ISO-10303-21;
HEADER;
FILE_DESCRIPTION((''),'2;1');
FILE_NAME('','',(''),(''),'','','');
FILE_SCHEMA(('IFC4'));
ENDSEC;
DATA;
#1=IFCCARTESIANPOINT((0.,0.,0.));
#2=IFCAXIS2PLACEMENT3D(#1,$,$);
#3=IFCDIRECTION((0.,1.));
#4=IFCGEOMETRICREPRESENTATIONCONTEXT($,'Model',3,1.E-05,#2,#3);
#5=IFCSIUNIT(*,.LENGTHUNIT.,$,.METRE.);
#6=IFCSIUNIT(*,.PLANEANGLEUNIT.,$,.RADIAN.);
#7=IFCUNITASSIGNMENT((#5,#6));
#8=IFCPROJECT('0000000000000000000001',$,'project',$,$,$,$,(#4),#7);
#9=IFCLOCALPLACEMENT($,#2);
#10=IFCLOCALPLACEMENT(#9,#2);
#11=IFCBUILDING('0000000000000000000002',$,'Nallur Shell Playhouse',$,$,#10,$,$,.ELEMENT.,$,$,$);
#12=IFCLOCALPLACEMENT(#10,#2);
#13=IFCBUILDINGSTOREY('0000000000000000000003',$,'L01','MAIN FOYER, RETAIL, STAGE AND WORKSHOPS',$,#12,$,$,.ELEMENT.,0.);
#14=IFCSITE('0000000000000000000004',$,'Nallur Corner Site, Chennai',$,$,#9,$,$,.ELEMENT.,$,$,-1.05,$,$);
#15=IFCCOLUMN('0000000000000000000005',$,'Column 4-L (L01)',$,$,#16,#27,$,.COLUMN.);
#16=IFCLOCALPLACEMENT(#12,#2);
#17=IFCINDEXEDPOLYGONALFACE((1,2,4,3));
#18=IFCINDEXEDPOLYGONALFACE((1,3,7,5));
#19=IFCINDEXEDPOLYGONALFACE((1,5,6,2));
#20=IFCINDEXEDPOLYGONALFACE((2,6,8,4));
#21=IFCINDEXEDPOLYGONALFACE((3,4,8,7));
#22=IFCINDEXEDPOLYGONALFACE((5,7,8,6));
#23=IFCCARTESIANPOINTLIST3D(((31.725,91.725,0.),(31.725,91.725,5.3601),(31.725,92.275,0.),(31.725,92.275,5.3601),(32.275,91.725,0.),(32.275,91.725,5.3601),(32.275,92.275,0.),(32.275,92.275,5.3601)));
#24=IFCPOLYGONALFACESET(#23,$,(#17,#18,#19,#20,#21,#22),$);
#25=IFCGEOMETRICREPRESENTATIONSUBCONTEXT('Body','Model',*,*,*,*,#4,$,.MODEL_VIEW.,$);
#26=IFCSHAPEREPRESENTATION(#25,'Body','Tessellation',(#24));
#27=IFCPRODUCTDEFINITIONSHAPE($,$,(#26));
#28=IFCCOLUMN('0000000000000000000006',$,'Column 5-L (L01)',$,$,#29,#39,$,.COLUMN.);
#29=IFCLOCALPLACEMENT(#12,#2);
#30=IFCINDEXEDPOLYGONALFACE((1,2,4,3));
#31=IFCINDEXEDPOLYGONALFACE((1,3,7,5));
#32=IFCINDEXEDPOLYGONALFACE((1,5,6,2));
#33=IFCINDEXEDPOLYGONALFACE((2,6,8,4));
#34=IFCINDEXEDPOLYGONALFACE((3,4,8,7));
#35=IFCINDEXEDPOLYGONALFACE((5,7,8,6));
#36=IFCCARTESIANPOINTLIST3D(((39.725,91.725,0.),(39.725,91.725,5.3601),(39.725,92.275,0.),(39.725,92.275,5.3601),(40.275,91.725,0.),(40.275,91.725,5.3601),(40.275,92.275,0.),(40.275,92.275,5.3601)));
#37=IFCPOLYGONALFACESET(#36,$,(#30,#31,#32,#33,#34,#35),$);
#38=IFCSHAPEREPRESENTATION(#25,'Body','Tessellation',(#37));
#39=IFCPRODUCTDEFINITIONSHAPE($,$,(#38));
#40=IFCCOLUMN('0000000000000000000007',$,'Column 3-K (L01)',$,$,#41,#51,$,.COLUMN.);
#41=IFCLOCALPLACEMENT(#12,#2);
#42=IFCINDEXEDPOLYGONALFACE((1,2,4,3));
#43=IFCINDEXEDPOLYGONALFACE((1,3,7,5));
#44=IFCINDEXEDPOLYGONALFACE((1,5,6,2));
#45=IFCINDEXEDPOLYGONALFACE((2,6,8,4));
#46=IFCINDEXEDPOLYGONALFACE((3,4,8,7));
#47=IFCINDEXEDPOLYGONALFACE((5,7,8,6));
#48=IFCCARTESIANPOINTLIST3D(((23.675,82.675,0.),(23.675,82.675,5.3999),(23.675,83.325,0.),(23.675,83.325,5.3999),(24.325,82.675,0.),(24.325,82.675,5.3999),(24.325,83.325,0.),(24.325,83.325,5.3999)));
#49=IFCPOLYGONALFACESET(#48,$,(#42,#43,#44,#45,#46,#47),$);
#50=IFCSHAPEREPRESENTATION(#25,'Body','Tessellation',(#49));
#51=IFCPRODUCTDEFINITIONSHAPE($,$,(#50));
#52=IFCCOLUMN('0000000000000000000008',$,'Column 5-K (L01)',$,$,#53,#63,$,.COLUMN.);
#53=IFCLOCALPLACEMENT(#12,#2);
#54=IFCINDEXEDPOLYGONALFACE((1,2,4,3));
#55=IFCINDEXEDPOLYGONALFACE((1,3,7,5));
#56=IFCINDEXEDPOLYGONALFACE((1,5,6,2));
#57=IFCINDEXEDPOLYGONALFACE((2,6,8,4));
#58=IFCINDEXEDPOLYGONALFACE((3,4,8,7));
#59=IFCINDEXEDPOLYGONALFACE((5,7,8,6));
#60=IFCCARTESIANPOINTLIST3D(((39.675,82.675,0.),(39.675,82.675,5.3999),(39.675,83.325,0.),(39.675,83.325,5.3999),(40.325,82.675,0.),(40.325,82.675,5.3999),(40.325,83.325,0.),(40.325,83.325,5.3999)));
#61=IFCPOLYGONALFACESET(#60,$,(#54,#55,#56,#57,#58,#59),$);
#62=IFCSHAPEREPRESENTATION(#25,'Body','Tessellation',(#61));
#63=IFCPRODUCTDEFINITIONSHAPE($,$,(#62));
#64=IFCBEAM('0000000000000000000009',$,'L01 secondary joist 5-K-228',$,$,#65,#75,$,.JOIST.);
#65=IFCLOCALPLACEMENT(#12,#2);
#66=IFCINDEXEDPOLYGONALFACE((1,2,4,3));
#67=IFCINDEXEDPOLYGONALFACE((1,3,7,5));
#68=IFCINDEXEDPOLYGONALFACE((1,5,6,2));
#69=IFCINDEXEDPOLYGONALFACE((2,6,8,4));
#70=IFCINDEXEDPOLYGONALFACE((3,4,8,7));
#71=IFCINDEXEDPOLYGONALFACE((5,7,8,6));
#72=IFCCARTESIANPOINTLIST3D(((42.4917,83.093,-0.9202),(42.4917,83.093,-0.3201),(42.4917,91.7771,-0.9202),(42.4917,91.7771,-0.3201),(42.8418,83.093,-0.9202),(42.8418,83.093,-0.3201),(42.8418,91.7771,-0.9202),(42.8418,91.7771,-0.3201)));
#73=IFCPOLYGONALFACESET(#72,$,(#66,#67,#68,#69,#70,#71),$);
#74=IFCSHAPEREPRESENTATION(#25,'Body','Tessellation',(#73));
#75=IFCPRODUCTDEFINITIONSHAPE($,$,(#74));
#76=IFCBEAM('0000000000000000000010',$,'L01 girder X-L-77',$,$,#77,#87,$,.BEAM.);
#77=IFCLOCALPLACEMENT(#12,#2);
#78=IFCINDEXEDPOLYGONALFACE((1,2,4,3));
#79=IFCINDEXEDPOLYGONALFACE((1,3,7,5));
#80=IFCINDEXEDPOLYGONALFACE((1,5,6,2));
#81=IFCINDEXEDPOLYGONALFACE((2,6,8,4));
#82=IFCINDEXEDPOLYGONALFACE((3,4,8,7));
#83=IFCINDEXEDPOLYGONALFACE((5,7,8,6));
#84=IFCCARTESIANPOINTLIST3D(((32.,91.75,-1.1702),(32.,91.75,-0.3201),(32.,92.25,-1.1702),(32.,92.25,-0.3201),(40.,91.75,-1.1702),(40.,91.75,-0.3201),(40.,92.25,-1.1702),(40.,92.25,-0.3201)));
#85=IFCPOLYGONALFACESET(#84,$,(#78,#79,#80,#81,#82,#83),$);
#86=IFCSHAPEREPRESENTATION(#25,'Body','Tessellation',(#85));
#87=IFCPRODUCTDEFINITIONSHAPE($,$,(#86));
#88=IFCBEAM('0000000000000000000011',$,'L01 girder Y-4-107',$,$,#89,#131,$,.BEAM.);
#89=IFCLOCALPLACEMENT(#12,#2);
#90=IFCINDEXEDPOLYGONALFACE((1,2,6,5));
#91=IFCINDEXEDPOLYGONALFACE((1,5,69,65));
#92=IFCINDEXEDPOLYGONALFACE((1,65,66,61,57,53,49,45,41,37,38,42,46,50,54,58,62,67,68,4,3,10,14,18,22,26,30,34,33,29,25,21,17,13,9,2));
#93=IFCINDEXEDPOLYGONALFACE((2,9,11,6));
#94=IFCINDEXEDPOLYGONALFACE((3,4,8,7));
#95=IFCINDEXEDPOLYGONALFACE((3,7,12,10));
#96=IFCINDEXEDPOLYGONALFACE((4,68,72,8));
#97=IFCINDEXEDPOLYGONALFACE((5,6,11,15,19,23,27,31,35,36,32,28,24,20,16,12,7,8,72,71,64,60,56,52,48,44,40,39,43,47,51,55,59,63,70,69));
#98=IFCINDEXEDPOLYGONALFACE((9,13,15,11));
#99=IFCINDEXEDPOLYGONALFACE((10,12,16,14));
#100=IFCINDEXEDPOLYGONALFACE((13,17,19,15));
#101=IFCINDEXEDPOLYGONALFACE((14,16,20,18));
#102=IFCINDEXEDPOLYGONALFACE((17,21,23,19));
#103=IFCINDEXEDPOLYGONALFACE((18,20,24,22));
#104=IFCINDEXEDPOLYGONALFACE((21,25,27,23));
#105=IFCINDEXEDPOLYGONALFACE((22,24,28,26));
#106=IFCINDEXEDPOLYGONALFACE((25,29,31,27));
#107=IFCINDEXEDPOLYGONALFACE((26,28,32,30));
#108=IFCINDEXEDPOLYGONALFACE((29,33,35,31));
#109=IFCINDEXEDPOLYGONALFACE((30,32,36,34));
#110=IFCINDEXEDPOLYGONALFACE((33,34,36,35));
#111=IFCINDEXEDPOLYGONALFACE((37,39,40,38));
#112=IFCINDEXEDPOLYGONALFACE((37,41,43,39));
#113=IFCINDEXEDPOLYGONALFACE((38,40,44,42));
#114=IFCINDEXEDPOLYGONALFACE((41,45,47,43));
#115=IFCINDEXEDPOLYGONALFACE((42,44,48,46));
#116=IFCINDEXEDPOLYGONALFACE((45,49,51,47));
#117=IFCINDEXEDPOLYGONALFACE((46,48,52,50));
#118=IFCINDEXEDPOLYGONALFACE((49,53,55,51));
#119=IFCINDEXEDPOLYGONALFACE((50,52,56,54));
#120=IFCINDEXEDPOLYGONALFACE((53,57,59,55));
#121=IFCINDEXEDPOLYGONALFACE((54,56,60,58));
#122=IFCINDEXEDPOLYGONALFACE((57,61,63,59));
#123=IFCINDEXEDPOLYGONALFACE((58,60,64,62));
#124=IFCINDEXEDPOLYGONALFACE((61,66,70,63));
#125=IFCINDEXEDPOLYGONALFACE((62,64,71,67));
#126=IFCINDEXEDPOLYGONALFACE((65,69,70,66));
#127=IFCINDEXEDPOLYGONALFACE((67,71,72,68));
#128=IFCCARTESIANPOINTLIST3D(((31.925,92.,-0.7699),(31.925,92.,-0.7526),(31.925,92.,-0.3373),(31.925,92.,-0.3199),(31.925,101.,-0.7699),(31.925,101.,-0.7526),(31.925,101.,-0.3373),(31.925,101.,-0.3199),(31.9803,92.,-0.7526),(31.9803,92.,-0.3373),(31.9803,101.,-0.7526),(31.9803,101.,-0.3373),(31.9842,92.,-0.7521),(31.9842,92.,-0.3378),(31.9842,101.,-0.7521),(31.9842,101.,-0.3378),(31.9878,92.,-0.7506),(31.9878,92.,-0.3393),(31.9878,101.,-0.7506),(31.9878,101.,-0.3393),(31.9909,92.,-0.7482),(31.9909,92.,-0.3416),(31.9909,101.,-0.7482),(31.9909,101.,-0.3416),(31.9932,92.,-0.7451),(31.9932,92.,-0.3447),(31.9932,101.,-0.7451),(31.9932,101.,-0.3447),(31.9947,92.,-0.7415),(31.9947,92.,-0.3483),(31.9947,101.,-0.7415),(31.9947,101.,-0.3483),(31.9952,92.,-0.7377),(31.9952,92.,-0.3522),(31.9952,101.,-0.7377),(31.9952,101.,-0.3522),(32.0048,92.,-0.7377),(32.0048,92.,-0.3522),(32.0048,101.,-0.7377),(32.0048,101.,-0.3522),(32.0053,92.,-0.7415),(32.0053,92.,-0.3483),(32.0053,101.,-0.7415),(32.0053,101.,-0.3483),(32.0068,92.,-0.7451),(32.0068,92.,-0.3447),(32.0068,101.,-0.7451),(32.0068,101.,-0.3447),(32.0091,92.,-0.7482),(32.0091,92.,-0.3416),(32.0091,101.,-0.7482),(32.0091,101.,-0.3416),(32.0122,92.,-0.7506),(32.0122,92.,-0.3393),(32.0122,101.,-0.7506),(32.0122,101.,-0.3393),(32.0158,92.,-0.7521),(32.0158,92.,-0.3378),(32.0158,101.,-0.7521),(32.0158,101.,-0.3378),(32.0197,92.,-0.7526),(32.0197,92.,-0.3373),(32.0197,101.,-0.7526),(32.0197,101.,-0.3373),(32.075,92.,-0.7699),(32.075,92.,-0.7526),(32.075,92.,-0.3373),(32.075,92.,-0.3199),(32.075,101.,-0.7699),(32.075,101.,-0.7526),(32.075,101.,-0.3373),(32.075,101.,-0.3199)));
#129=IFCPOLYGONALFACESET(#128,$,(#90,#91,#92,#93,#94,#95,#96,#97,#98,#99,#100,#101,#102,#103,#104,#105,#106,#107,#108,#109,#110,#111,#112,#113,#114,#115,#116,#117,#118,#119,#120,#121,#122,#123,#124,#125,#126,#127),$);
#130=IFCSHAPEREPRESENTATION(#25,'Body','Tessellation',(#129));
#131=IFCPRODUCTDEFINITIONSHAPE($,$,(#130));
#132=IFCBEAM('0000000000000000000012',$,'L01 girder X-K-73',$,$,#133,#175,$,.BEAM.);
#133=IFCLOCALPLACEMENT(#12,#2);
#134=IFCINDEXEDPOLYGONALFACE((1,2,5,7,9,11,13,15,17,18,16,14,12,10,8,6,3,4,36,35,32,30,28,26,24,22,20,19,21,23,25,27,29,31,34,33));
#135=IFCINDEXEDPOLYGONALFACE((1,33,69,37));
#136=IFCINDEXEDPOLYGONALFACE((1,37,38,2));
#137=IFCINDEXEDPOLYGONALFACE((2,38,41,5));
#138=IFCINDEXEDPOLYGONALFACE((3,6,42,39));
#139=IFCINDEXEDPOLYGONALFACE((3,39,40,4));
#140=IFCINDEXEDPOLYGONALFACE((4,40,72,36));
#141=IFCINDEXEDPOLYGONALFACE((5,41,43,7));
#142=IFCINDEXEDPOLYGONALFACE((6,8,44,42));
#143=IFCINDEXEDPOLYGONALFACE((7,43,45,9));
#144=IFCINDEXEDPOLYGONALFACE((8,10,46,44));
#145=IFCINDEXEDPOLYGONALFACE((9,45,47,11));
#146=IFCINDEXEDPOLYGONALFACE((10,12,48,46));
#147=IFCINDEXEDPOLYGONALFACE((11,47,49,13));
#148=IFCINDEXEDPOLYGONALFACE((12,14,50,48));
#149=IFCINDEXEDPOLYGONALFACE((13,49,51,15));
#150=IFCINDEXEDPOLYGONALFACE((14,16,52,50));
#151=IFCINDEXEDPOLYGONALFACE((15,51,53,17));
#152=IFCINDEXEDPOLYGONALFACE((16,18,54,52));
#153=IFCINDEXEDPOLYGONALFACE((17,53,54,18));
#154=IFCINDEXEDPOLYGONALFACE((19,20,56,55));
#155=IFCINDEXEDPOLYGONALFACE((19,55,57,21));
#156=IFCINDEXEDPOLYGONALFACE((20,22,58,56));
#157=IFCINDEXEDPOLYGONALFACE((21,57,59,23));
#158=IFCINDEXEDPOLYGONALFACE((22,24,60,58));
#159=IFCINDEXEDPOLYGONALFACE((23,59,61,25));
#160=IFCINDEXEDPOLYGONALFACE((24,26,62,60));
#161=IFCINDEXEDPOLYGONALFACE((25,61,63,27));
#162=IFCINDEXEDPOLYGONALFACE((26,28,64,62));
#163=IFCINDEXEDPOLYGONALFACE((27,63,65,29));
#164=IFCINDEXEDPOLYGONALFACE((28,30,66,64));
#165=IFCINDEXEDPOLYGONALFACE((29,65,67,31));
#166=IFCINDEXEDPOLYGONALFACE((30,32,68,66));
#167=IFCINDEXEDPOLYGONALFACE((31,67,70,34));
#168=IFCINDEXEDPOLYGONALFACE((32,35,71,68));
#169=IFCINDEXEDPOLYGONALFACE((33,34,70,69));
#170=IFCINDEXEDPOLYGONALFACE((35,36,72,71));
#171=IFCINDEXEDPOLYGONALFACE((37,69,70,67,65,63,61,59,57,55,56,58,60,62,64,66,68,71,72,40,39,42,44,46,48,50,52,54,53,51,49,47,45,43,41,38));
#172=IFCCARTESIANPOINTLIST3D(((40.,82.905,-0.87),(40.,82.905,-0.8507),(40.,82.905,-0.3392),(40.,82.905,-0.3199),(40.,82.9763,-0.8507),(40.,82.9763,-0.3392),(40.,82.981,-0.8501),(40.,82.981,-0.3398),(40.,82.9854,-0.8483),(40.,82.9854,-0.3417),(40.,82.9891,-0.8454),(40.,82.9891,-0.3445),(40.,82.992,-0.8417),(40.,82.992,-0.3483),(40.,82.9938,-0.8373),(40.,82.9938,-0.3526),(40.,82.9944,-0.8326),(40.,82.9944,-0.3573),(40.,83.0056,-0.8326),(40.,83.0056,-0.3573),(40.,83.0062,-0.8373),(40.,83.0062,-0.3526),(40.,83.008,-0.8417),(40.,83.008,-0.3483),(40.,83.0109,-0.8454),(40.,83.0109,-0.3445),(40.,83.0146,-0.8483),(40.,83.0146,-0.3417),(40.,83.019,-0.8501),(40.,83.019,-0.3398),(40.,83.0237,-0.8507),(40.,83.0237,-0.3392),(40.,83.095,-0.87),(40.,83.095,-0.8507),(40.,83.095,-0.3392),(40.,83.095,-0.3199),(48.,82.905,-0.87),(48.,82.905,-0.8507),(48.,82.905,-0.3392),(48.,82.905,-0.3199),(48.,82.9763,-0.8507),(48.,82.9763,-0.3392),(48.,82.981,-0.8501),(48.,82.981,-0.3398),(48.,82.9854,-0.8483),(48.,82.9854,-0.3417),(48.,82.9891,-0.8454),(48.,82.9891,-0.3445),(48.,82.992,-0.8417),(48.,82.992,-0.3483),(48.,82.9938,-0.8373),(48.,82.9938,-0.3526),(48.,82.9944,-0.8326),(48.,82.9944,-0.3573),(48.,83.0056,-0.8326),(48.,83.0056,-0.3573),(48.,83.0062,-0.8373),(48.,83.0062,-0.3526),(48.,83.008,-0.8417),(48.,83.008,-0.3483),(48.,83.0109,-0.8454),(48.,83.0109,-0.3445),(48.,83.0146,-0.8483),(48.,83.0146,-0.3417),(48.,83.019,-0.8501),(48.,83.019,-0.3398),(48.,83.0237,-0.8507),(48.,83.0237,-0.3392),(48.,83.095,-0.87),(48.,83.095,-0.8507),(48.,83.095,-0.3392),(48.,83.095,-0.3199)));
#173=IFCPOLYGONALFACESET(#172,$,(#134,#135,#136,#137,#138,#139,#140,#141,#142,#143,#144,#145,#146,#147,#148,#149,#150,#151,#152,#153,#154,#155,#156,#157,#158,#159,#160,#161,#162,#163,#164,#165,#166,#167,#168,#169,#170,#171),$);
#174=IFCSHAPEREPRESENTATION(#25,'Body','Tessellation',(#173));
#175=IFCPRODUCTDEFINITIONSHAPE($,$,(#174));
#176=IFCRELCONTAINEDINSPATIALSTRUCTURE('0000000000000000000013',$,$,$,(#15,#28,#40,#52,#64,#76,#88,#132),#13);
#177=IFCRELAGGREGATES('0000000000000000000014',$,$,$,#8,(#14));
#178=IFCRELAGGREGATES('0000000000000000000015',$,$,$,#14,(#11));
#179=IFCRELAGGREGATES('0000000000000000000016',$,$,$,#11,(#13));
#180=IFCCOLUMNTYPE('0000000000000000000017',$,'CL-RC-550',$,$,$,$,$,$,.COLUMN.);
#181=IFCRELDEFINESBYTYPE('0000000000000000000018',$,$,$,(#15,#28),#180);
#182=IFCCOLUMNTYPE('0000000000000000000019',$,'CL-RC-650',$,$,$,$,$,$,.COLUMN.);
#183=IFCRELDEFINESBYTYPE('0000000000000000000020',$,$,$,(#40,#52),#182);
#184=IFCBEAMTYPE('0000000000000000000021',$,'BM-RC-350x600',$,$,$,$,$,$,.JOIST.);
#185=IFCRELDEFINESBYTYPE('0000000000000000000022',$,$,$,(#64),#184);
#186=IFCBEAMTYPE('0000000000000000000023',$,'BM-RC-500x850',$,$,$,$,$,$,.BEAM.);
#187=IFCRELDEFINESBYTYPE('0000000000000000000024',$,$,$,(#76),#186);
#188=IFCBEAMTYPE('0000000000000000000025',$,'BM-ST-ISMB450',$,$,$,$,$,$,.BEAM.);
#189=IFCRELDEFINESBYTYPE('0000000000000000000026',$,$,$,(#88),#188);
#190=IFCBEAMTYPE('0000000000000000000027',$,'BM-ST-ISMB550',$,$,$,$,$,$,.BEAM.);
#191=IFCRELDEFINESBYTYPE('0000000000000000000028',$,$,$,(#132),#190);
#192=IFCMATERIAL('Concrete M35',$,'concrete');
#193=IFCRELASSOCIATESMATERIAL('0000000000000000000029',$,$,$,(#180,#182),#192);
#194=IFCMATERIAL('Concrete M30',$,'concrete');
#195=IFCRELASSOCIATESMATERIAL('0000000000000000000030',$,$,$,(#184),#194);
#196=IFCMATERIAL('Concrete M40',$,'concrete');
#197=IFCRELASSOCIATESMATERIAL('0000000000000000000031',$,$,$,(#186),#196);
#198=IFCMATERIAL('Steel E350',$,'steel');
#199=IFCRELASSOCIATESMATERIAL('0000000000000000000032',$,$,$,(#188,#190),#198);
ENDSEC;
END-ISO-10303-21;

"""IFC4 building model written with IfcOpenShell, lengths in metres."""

from ifc_helpers import new_model, si_unit, direction, frame, origin, origin_2d, place, context, subcontext, project, spatial, rectangle, i_section, extrude, material, material_profile, profile_set, type_object, element, save


model = new_model("IFC4")

# Units and contexts
model_context = context("Model", 3, precision=1e-05, world=origin(), true_north=direction((0.0, 1.0)))
body_context = subcontext(model_context, "Body", "Model", "MODEL_VIEW")
ifc_project = project(units=[si_unit("LENGTHUNIT", "METRE"), si_unit("PLANEANGLEUNIT", "RADIAN")], contexts=[model_context])

# Site, building, storey
site_placement = place(None, origin())
site = spatial("IfcSite", under=ifc_project, at=site_placement, Name="Nallur Corner Site, Chennai", CompositionType="ELEMENT", RefElevation=-1.05)
building_placement = place(site_placement, origin())
building = spatial("IfcBuilding", under=site, at=building_placement, Name="Nallur Shell Playhouse", CompositionType="ELEMENT")
storey_placement = place(building_placement, origin())
storey = spatial("IfcBuildingStorey", under=building, at=storey_placement, Name="L01", Description="MAIN FOYER, RETAIL, STAGE AND WORKSHOPS", CompositionType="ELEMENT", Elevation=0.0)

# Columns
ifc_material_1 = material(Name="Concrete M35", Category="concrete")
ifc_material_profile_1 = material_profile(ifc_material_1, rectangle(XDim=0.55, YDim=0.55, at=origin_2d()), Name="RC 550x550")
ifc_profile_set_1 = profile_set([ifc_material_profile_1], Name="Concrete M35")
column_type_1 = type_object("IfcColumnType", Name="CL-RC-550", PredefinedType="COLUMN", material=ifc_profile_set_1)
for number, where, z_axis, x_axis, name in (
    (1, (32.0, 92.0, 0.0), (0.0, 0.0, 1.0), (1.0, 0.0, 0.0), "Column 4-L (L01)"),
    (2, (40.0, 92.0, 0.0), (0.0, 0.0, 1.0), (1.0, 0.0, 0.0), "Column 5-L (L01)"),
):
    element("IfcColumn", number, at=place(storey_placement, frame(where, z_axis=z_axis, x_axis=x_axis)), inside=storey, type_object=column_type_1, Name=name, PredefinedType="COLUMN", context=body_context, shape_type="SweptSolid", body=[
        extrude(rectangle(XDim=0.55, YDim=0.55, at=origin_2d()), origin(), (0.0, 0.0, 1.0), 5.3601),
    ])
ifc_material_profile_2 = material_profile(ifc_material_1, rectangle(XDim=0.6499, YDim=0.6499, at=origin_2d()), Name="RC 650x650")
ifc_profile_set_2 = profile_set([ifc_material_profile_2], Name="Concrete M35")
column_type_2 = type_object("IfcColumnType", Name="CL-RC-650", PredefinedType="COLUMN", material=ifc_profile_set_2)
for number, where, z_axis, x_axis, name in (
    (3, (24.0, 83.0, 0.0), (0.0, 0.0, 1.0), (1.0, 0.0, 0.0), "Column 3-K (L01)"),
    (4, (40.0, 83.0, 0.0), (0.0, 0.0, 1.0), (1.0, 0.0, 0.0), "Column 5-K (L01)"),
):
    element("IfcColumn", number, at=place(storey_placement, frame(where, z_axis=z_axis, x_axis=x_axis)), inside=storey, type_object=column_type_2, Name=name, PredefinedType="COLUMN", context=body_context, shape_type="SweptSolid", body=[
        extrude(rectangle(XDim=0.6499, YDim=0.6499, at=origin_2d()), origin(), (0.0, 0.0, 1.0), 5.3999),
    ])

# Beams
ifc_material_2 = material(Name="Concrete M30", Category="concrete")
ifc_material_profile_3 = material_profile(ifc_material_2, rectangle(XDim=0.3501, YDim=0.6001, at=origin_2d()), Name="RC 350x600")
ifc_profile_set_3 = profile_set([ifc_material_profile_3], Name="Concrete M30")
beam_type_1 = type_object("IfcBeamType", Name="BM-RC-350x600", PredefinedType="JOIST", material=ifc_profile_set_3)
beam_1_placement = place(storey_placement, frame((42.6667, 83.093, -0.6201), z_axis=(0.0, 1.0, 0.0), x_axis=(-1.0, 0.0, 0.0)))
element("IfcBeam", 5, at=beam_1_placement, inside=storey, type_object=beam_type_1, Name="L01 secondary joist 5-K-228", PredefinedType="JOIST", context=body_context, shape_type="SweptSolid", body=[
    extrude(rectangle(XDim=0.3501, YDim=0.6001, at=origin_2d()), origin(), (0.0, 0.0, 1.0), 8.6841),
])
ifc_material_3 = material(Name="Concrete M40", Category="concrete")
ifc_material_profile_4 = material_profile(ifc_material_3, rectangle(XDim=0.5, YDim=0.8501, at=origin_2d()), Name="RC 500x850")
ifc_profile_set_4 = profile_set([ifc_material_profile_4], Name="Concrete M40")
beam_type_2 = type_object("IfcBeamType", Name="BM-RC-500x850", PredefinedType="BEAM", material=ifc_profile_set_4)
beam_2_placement = place(storey_placement, frame((32.0, 92.0, -0.7451), z_axis=(1.0, 0.0, 0.0), x_axis=(0.0, 1.0, 0.0)))
element("IfcBeam", 6, at=beam_2_placement, inside=storey, type_object=beam_type_2, Name="L01 girder X-L-77", PredefinedType="BEAM", context=body_context, shape_type="SweptSolid", body=[
    extrude(rectangle(XDim=0.5, YDim=0.8501, at=origin_2d()), origin(), (0.0, 0.0, 1.0), 8.0),
])
ifc_material_4 = material(Name="Steel E350", Category="steel")
ifc_material_profile_5 = material_profile(ifc_material_4, i_section(OverallWidth=0.1499, OverallDepth=0.45, WebThickness=0.0095, FlangeThickness=0.0173, FilletRadius=0.0149, at=origin_2d()), Name="ISMB 450")
ifc_profile_set_5 = profile_set([ifc_material_profile_5], Name="Steel E350")
beam_type_3 = type_object("IfcBeamType", Name="BM-ST-ISMB450", PredefinedType="BEAM", material=ifc_profile_set_5)
beam_3_placement = place(storey_placement, frame((32.0, 92.0, -0.5449), z_axis=(0.0, 1.0, 0.0), x_axis=(-1.0, 0.0, 0.0)))
element("IfcBeam", 7, at=beam_3_placement, inside=storey, type_object=beam_type_3, Name="L01 girder Y-4-107", PredefinedType="BEAM", context=body_context, shape_type="SweptSolid", body=[
    extrude(i_section(OverallWidth=0.1499, OverallDepth=0.45, WebThickness=0.0095, FlangeThickness=0.0173, FilletRadius=0.0149, at=origin_2d()), origin(), (0.0, 0.0, 1.0), 9.0),
])
ifc_material_profile_6 = material_profile(ifc_material_4, i_section(OverallWidth=0.1899, OverallDepth=0.55, WebThickness=0.0112, FlangeThickness=0.0193, FilletRadius=0.0181, at=origin_2d()), Name="ISMB 550")
ifc_profile_set_6 = profile_set([ifc_material_profile_6], Name="Steel E350")
beam_type_4 = type_object("IfcBeamType", Name="BM-ST-ISMB550", PredefinedType="BEAM", material=ifc_profile_set_6)
beam_4_placement = place(storey_placement, frame((40.0, 83.0, -0.595), z_axis=(1.0, 0.0, 0.0), x_axis=(0.0, 1.0, 0.0)))
element("IfcBeam", 8, at=beam_4_placement, inside=storey, type_object=beam_type_4, Name="L01 girder X-K-73", PredefinedType="BEAM", context=body_context, shape_type="SweptSolid", body=[
    extrude(i_section(OverallWidth=0.1899, OverallDepth=0.55, WebThickness=0.0112, FlangeThickness=0.0193, FilletRadius=0.0181, at=origin_2d()), origin(), (0.0, 0.0, 1.0), 8.0),
])

save(model, "model.ifc")
